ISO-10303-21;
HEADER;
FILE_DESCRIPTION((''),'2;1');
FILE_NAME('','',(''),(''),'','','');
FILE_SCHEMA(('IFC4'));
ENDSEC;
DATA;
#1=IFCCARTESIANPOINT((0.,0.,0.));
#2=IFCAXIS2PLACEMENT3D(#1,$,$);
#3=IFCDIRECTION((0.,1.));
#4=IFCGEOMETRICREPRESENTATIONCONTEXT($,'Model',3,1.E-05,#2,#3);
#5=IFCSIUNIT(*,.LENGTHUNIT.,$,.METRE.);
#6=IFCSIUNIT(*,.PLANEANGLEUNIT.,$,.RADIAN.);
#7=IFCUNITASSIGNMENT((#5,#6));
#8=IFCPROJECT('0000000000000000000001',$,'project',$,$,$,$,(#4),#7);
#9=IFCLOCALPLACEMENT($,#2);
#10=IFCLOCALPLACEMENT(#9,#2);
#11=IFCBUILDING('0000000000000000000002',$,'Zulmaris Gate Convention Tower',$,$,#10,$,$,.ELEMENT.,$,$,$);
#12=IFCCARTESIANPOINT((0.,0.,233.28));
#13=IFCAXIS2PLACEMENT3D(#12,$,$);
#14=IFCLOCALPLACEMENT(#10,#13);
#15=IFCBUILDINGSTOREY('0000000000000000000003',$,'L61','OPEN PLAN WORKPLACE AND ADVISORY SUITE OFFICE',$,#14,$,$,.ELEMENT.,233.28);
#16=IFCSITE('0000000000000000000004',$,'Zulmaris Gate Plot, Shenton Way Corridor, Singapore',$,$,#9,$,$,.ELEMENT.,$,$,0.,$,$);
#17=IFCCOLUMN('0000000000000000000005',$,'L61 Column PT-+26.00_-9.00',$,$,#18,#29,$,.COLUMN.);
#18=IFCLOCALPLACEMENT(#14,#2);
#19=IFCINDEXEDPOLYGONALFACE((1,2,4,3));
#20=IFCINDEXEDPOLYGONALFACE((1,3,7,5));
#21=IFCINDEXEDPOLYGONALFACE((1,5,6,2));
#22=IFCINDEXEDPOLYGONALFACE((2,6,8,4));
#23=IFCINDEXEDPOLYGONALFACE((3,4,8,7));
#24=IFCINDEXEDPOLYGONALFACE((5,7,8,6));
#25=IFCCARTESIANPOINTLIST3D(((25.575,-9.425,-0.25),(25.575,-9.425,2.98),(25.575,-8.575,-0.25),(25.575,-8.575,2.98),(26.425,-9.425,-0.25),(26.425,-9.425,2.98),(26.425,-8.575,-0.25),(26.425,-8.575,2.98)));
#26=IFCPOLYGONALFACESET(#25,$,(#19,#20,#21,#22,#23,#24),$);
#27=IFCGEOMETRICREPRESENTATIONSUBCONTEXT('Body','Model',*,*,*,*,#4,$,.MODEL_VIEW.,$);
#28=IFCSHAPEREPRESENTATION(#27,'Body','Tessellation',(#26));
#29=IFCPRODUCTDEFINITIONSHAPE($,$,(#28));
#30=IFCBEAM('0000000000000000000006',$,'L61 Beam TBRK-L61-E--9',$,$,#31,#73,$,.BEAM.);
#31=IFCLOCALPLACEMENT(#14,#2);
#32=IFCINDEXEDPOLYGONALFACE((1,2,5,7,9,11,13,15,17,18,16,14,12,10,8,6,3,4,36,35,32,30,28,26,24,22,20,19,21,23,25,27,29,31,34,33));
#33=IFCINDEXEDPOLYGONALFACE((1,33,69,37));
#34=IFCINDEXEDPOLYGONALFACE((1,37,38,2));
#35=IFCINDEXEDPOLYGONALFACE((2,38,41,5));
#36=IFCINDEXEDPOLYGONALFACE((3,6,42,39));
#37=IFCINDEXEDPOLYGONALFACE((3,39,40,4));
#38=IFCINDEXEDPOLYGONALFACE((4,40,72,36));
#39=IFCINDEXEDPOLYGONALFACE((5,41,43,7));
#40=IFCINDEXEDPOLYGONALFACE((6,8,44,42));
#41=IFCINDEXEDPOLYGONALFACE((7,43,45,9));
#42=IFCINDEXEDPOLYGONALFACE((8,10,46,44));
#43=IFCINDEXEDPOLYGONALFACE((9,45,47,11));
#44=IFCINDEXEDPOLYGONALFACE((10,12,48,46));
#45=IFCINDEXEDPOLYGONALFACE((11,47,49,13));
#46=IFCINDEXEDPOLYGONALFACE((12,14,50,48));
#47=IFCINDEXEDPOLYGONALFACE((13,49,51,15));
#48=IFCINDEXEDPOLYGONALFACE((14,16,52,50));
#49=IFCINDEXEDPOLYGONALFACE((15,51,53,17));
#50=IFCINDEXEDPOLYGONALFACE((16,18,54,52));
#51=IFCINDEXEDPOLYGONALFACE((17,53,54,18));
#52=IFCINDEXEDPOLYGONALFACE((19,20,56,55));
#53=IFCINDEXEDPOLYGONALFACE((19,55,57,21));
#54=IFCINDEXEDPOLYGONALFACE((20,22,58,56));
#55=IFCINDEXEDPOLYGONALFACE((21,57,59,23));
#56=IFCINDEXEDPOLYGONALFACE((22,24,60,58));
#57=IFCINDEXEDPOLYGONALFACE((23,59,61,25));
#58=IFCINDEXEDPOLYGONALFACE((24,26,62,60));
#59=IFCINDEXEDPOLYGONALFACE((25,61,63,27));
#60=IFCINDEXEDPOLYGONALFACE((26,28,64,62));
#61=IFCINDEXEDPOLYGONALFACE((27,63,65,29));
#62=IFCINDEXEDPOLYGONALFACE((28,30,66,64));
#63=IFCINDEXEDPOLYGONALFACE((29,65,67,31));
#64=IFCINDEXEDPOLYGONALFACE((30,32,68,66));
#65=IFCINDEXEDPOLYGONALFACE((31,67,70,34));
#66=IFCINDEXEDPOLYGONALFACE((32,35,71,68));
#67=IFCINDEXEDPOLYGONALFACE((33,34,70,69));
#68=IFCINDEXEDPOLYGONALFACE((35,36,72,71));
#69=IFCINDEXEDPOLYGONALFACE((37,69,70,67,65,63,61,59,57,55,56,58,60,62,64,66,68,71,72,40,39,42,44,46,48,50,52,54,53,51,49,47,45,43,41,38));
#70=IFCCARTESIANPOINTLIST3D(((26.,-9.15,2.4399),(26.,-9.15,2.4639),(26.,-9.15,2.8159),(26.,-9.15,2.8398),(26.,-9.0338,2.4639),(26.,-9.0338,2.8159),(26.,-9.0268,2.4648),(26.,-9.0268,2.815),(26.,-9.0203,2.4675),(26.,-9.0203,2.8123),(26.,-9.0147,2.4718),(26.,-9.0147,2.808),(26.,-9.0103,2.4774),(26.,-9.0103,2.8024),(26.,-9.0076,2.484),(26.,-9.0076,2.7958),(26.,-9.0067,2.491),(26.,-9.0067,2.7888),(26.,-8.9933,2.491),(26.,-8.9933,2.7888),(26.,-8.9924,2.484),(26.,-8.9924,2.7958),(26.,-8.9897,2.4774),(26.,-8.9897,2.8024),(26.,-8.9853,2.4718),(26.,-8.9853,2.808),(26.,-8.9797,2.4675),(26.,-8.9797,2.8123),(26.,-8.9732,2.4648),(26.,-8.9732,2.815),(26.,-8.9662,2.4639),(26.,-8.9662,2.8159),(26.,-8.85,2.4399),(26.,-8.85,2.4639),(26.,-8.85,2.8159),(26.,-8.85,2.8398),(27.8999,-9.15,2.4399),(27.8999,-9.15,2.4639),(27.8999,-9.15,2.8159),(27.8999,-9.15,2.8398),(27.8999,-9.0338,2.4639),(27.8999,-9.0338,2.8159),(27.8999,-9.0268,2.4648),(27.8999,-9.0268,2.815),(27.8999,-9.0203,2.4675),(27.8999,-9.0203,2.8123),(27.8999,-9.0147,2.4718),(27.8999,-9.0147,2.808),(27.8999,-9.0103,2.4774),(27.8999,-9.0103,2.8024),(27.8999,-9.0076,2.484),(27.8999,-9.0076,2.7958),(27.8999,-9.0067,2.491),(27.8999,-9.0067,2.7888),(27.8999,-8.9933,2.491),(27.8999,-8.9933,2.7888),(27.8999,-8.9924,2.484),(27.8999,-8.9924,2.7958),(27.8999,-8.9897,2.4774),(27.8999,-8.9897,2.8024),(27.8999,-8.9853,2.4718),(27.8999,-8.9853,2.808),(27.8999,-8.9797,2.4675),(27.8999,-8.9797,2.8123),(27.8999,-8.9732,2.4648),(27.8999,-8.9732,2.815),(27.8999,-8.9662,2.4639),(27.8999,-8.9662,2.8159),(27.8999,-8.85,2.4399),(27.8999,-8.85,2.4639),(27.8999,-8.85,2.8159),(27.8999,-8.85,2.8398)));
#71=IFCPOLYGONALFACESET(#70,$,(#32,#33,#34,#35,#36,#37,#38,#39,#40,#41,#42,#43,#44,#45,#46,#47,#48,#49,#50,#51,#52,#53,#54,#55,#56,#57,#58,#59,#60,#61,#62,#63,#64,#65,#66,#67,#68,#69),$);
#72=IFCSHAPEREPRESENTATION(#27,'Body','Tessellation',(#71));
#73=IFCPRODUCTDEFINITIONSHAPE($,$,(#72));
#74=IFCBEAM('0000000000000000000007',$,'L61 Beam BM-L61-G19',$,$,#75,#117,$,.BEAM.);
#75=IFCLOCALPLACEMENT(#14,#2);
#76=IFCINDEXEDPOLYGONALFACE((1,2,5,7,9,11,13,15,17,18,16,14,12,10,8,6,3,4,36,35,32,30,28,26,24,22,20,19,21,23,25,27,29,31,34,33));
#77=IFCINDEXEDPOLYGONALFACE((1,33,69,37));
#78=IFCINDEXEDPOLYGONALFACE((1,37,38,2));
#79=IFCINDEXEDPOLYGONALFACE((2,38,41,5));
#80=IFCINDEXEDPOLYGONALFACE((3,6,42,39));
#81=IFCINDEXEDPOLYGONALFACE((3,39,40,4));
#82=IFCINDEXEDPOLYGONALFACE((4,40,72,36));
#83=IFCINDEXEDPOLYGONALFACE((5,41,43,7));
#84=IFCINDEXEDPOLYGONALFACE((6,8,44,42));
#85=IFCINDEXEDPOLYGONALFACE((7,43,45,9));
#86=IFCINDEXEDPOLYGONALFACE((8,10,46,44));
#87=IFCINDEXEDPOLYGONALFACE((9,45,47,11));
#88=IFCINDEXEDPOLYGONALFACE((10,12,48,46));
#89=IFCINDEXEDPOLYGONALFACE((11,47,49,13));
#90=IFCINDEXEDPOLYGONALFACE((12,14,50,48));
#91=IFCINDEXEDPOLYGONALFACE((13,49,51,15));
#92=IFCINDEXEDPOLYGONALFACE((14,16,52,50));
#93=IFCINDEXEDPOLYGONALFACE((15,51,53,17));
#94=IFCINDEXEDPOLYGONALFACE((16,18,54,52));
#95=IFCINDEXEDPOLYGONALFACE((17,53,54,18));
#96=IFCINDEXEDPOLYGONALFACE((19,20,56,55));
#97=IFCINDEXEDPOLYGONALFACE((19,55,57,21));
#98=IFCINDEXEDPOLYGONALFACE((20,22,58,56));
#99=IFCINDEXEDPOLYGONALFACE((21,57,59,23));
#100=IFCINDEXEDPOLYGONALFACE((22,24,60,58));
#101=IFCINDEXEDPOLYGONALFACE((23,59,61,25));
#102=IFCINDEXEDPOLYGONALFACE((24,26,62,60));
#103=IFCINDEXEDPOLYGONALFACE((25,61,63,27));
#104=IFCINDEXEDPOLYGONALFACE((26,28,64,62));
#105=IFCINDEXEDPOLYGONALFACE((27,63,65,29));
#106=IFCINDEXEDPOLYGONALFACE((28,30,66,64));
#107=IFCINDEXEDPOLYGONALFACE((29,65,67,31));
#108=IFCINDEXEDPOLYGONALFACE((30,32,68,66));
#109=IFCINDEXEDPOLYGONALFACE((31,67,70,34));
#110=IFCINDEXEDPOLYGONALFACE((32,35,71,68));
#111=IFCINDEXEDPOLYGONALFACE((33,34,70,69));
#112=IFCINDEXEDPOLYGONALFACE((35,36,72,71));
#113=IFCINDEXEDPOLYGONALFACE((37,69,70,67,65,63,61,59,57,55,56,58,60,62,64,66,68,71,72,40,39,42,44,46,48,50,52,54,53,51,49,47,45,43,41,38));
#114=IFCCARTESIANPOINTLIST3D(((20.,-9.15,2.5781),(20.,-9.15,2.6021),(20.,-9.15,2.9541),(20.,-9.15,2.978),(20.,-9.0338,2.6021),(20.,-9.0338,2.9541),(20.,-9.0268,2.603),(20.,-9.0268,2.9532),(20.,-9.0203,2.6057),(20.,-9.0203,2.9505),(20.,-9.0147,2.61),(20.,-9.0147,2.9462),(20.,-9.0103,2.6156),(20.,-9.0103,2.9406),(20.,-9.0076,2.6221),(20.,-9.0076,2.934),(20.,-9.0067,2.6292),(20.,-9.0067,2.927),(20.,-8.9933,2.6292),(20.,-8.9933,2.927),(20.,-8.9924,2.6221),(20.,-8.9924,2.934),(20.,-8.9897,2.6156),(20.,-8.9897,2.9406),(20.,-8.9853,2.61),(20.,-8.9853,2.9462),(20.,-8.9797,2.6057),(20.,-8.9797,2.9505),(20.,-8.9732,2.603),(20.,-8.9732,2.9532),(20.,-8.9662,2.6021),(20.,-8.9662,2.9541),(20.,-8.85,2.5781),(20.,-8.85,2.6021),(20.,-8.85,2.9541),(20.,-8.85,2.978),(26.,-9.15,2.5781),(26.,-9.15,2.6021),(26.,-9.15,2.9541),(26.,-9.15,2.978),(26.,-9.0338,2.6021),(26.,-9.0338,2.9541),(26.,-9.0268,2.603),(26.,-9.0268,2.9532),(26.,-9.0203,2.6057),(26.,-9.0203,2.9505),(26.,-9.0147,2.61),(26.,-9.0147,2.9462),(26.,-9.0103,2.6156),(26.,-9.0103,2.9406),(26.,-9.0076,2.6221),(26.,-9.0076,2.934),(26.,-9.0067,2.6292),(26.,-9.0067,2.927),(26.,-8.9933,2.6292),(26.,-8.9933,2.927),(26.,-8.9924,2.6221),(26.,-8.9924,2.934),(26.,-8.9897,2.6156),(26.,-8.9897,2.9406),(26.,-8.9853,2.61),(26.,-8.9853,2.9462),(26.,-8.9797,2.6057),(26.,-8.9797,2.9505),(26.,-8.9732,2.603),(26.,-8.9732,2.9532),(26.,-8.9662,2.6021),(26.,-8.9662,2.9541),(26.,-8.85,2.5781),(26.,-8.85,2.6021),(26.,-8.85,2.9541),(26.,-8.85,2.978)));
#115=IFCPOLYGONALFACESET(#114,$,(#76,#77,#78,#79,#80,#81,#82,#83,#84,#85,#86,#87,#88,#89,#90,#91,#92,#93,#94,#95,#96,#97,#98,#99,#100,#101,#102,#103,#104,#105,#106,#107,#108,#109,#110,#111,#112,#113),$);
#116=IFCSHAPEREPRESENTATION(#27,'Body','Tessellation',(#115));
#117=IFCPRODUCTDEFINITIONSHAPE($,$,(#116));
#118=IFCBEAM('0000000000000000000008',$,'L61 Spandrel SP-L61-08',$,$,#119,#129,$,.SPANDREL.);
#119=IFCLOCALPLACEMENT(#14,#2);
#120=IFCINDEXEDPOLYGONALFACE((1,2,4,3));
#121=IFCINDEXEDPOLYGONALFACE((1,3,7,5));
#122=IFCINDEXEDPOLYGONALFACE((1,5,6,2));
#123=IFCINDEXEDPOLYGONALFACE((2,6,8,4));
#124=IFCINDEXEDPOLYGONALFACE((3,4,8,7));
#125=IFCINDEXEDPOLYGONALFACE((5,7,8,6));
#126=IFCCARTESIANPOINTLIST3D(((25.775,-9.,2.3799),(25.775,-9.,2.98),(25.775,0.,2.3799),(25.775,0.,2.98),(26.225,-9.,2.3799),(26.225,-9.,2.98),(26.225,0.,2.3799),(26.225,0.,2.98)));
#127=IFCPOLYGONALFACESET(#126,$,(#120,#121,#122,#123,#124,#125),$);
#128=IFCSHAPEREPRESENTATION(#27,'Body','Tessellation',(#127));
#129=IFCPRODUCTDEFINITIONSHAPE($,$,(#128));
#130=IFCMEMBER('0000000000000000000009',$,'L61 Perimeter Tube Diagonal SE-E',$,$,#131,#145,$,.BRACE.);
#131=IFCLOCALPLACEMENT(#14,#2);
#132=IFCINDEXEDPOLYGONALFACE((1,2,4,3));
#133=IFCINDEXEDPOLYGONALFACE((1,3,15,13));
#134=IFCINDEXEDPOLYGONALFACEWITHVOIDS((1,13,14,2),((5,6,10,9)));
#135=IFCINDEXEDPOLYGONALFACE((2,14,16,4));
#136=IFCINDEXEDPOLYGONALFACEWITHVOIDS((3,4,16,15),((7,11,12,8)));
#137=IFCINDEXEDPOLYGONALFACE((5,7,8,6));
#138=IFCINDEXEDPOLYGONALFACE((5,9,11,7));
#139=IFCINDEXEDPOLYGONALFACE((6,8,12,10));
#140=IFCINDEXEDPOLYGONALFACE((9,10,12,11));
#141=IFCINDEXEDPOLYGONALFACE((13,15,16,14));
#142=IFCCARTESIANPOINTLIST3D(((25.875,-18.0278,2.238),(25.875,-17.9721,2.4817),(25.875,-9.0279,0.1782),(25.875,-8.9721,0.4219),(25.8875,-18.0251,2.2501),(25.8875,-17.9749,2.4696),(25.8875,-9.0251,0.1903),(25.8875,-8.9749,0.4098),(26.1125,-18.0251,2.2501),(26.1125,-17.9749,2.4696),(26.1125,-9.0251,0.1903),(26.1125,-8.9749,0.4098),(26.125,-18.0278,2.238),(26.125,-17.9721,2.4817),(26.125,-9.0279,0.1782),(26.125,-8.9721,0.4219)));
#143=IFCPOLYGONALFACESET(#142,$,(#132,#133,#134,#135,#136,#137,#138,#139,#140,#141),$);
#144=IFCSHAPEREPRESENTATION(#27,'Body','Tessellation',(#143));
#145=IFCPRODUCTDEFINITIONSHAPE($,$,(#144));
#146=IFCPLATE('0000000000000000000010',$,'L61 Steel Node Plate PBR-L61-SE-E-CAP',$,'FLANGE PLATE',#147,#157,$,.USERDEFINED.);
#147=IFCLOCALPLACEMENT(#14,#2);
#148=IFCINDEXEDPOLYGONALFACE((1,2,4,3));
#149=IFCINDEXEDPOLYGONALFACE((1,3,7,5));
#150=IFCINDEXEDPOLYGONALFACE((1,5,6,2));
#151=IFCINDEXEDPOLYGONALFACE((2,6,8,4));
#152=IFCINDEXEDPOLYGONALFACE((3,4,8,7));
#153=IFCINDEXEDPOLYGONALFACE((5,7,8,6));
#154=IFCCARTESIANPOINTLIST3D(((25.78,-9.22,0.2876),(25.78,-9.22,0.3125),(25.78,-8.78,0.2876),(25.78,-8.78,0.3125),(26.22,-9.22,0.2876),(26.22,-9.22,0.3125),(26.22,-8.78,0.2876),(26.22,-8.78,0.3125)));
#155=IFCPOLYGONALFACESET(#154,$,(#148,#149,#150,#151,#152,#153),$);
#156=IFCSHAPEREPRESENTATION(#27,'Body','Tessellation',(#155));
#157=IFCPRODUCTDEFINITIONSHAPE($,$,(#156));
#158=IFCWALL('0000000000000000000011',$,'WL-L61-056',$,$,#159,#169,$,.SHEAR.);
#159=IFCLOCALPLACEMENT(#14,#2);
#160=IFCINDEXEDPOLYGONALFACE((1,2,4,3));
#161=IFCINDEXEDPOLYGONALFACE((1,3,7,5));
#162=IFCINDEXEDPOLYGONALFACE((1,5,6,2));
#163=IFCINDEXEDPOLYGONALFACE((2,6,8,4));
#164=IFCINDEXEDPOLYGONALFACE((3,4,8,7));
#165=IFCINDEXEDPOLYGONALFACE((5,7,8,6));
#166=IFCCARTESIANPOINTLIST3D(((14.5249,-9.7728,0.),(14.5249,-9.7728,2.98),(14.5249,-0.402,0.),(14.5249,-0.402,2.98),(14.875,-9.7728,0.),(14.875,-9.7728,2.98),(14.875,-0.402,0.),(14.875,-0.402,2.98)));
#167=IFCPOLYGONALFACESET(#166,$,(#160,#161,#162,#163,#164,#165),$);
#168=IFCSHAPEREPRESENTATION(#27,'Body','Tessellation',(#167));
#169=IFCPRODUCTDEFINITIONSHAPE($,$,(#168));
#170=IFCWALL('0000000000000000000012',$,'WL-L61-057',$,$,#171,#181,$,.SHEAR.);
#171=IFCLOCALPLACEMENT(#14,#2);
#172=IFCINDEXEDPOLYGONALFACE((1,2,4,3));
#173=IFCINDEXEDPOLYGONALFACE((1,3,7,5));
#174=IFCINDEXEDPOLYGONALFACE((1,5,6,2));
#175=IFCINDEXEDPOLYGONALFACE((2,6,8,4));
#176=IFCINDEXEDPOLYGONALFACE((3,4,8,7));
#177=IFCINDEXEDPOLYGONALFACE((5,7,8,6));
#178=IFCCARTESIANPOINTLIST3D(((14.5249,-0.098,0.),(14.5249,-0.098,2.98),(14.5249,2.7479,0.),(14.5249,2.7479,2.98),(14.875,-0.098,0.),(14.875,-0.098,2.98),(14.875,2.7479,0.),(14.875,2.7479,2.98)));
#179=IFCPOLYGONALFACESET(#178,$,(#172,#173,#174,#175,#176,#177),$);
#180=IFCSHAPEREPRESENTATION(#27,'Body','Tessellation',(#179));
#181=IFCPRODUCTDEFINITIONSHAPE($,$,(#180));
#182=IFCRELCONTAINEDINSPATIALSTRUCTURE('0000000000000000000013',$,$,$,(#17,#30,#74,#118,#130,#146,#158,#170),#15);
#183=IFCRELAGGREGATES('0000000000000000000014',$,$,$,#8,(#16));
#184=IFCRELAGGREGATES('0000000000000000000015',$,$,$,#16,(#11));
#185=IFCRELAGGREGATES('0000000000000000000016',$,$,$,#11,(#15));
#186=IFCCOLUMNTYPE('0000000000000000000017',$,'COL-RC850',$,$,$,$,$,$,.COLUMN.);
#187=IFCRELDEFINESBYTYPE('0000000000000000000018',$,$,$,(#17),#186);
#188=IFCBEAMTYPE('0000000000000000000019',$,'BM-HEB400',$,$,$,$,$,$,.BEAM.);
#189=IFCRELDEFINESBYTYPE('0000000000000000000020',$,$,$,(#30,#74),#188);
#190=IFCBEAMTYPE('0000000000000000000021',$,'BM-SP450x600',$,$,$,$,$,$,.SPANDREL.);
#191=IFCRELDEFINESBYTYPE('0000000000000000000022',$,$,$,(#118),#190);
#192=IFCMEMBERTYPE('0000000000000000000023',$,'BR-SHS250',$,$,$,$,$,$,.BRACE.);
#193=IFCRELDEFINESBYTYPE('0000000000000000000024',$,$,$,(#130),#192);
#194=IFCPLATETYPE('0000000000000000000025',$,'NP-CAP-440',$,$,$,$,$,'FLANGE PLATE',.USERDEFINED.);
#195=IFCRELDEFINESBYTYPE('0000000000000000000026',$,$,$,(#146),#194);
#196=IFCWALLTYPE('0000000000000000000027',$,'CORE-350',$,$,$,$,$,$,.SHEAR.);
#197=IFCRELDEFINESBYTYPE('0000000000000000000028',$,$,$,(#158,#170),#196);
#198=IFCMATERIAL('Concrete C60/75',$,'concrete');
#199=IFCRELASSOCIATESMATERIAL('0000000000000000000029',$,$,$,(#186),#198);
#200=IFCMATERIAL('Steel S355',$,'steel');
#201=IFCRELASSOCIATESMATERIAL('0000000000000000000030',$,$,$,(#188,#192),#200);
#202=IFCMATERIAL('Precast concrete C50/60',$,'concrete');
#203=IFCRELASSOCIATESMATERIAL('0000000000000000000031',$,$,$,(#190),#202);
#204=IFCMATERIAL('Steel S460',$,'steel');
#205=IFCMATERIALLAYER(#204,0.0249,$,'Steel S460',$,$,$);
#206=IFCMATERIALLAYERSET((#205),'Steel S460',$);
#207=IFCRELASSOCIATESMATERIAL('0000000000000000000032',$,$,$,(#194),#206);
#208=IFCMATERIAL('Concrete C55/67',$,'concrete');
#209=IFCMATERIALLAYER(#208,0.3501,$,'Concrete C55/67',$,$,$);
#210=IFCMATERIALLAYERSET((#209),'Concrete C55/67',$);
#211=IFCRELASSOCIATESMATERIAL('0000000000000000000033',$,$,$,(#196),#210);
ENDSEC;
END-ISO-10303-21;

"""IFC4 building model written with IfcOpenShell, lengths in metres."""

from ifc_helpers import new_model, si_unit, direction, frame, frame_2d, origin, origin_2d, place, context, subcontext, project, spatial, rectangle, hollow_rectangle, i_section, extrude, material, layer, layer_set, material_profile, profile_set, type_object, element, save


model = new_model("IFC4")

# Units and contexts
model_context = context("Model", 3, precision=1e-05, world=origin(), true_north=direction((0.0, 1.0)))
body_context = subcontext(model_context, "Body", "Model", "MODEL_VIEW")
ifc_project = project(units=[si_unit("LENGTHUNIT", "METRE"), si_unit("PLANEANGLEUNIT", "RADIAN")], contexts=[model_context])

# Site, building, storey
site_placement = place(None, origin())
site = spatial("IfcSite", under=ifc_project, at=site_placement, Name="Zulmaris Gate Plot, Shenton Way Corridor, Singapore", CompositionType="ELEMENT", RefElevation=0.0)
building_placement = place(site_placement, origin())
building = spatial("IfcBuilding", under=site, at=building_placement, Name="Zulmaris Gate Convention Tower", CompositionType="ELEMENT")
storey_placement = place(building_placement, frame((0.0, 0.0, 233.28)))
storey = spatial("IfcBuildingStorey", under=building, at=storey_placement, Name="L61", Description="OPEN PLAN WORKPLACE AND ADVISORY SUITE OFFICE", CompositionType="ELEMENT", Elevation=233.28)

# Column
ifc_material_1 = material(Name="Concrete C60/75", Category="concrete")
ifc_material_profile_1 = material_profile(ifc_material_1, rectangle(XDim=0.8501, YDim=0.8501, at=origin_2d()), Name="RC COL 850x850")
ifc_profile_set_1 = profile_set([ifc_material_profile_1], Name="Concrete C60/75")
column_type = type_object("IfcColumnType", Name="COL-RC850", PredefinedType="COLUMN", material=ifc_profile_set_1)
column_placement = place(storey_placement, frame((26.0, -9.0, -0.25), z_axis=(0.0, 0.0, 1.0), x_axis=(1.0, 0.0, 0.0)))
element("IfcColumn", 1, at=column_placement, inside=storey, type_object=column_type, Name="L61 Column PT-+26.00_-9.00", PredefinedType="COLUMN", context=body_context, shape_type="SweptSolid", body=[
    extrude(rectangle(XDim=0.8501, YDim=0.8501, at=origin_2d()), origin(), (0.0, 0.0, 1.0), 3.23),
])

# Beams
ifc_material_2 = material(Name="Steel S355", Category="steel")
ifc_material_profile_2 = material_profile(ifc_material_2, i_section(OverallWidth=0.3, OverallDepth=0.3999, WebThickness=0.0134, FlangeThickness=0.0239, FilletRadius=0.0271, at=origin_2d()), Name="HEB 400")
ifc_profile_set_2 = profile_set([ifc_material_profile_2], Name="Steel S355")
beam_type_1 = type_object("IfcBeamType", Name="BM-HEB400", PredefinedType="BEAM", material=ifc_profile_set_2)
beam_1_placement = place(storey_placement, frame((26.0, -9.0, 2.6399), z_axis=(1.0, 0.0, 0.0), x_axis=(0.0, 1.0, 0.0)))
element("IfcBeam", 2, at=beam_1_placement, inside=storey, type_object=beam_type_1, Name="L61 Beam TBRK-L61-E--9", PredefinedType="BEAM", context=body_context, shape_type="SweptSolid", body=[
    extrude(i_section(OverallWidth=0.3, OverallDepth=0.3999, WebThickness=0.0134, FlangeThickness=0.0239, FilletRadius=0.0271, at=origin_2d()), origin(), (0.0, 0.0, 1.0), 1.8999),
])
beam_2_placement = place(storey_placement, frame((20.0, -9.0, 2.7781), z_axis=(1.0, 0.0, 0.0), x_axis=(0.0, 1.0, 0.0)))
element("IfcBeam", 3, at=beam_2_placement, inside=storey, type_object=beam_type_1, Name="L61 Beam BM-L61-G19", PredefinedType="BEAM", context=body_context, shape_type="SweptSolid", body=[
    extrude(i_section(OverallWidth=0.3, OverallDepth=0.3999, WebThickness=0.0134, FlangeThickness=0.0239, FilletRadius=0.0271, at=origin_2d()), origin(), (0.0, 0.0, 1.0), 6.0),
])
ifc_material_3 = material(Name="Precast concrete C50/60", Category="concrete")
ifc_material_profile_3 = material_profile(ifc_material_3, rectangle(XDim=0.45, YDim=0.6001, at=origin_2d()), Name="RC SPANDREL 450x600")
ifc_profile_set_3 = profile_set([ifc_material_profile_3], Name="Precast concrete C50/60")
beam_type_2 = type_object("IfcBeamType", Name="BM-SP450x600", PredefinedType="SPANDREL", material=ifc_profile_set_3)
beam_3_placement = place(storey_placement, frame((26.0, -9.0, 2.6799), z_axis=(0.0, 1.0, 0.0), x_axis=(-1.0, 0.0, 0.0)))
element("IfcBeam", 4, at=beam_3_placement, inside=storey, type_object=beam_type_2, Name="L61 Spandrel SP-L61-08", PredefinedType="SPANDREL", context=body_context, shape_type="SweptSolid", body=[
    extrude(rectangle(XDim=0.45, YDim=0.6001, at=origin_2d()), origin(), (0.0, 0.0, 1.0), 9.0),
])

# Member
ifc_material_profile_4 = material_profile(ifc_material_2, hollow_rectangle(XDim=0.25, YDim=0.25, WallThickness=0.0125, at=origin_2d()), Name="SHS 250x250x12.5")
ifc_profile_set_4 = profile_set([ifc_material_profile_4], Name="Steel S355")
member_type = type_object("IfcMemberType", Name="BR-SHS250", PredefinedType="BRACE", material=ifc_profile_set_4)
member_placement = place(storey_placement, frame((26.0, -9.0, 0.3), z_axis=(0.0, -0.974796, 0.2231), x_axis=(1.0, 0.0, 0.0)))
element("IfcMember", 5, at=member_placement, inside=storey, type_object=member_type, Name="L61 Perimeter Tube Diagonal SE-E", PredefinedType="BRACE", context=body_context, shape_type="SweptSolid", body=[
    extrude(hollow_rectangle(XDim=0.25, YDim=0.25, WallThickness=0.0125, at=origin_2d()), origin(), (0.0, 0.0, 1.0), 9.2327),
])

# Plate
ifc_material_4 = material(Name="Steel S460", Category="steel")
ifc_layer_1 = layer(ifc_material_4, 0.0249, Name="Steel S460")
ifc_layer_set_1 = layer_set([ifc_layer_1], Name="Steel S460")
plate_type = type_object("IfcPlateType", Name="NP-CAP-440", ElementType="FLANGE PLATE", PredefinedType="USERDEFINED", material=ifc_layer_set_1)
plate_placement = place(storey_placement, frame((26.0, -9.0, 0.2876), z_axis=(0.0, 0.0, 1.0), x_axis=(1.0, 0.0, 0.0)))
element("IfcPlate", 6, at=plate_placement, inside=storey, type_object=plate_type, Name="L61 Steel Node Plate PBR-L61-SE-E-CAP", ObjectType="FLANGE PLATE", PredefinedType="USERDEFINED", context=body_context, shape_type="SweptSolid", body=[
    extrude(rectangle(XDim=0.4399, YDim=0.4399, at=origin_2d()), origin(), (0.0, 0.0, 1.0), 0.0249),
])

# Walls
ifc_material_5 = material(Name="Concrete C55/67", Category="concrete")
ifc_layer_2 = layer(ifc_material_5, 0.3501, Name="Concrete C55/67")
ifc_layer_set_2 = layer_set([ifc_layer_2], Name="Concrete C55/67")
wall_type_1 = type_object("IfcWallType", Name="CORE-350", PredefinedType="SHEAR", material=ifc_layer_set_2)
wall_1_placement = place(storey_placement, frame((14.7, -9.7729, 0.0), z_axis=(0.0, 0.0, 1.0), x_axis=(0.0, 1.0, 0.0)))
element("IfcWall", 7, at=wall_1_placement, inside=storey, type_object=wall_type_1, Name="WL-L61-056", PredefinedType="SHEAR", context=body_context, shape_type="SweptSolid", body=[
    extrude(rectangle(XDim=9.3708, YDim=0.3501, at=frame_2d((4.6855, 0.0))), origin(), (0.0, 0.0, 1.0), 2.98),
])
wall_2_placement = place(storey_placement, frame((14.7, -0.0979, 0.0), z_axis=(0.0, 0.0, 1.0), x_axis=(0.0, 1.0, 0.0)))
element("IfcWall", 8, at=wall_2_placement, inside=storey, type_object=wall_type_1, Name="WL-L61-057", PredefinedType="SHEAR", context=body_context, shape_type="SweptSolid", body=[
    extrude(rectangle(XDim=2.8459, YDim=0.3501, at=frame_2d((1.4229, 0.0))), origin(), (0.0, 0.0, 1.0), 2.98),
])

save(model, "model.ifc")
